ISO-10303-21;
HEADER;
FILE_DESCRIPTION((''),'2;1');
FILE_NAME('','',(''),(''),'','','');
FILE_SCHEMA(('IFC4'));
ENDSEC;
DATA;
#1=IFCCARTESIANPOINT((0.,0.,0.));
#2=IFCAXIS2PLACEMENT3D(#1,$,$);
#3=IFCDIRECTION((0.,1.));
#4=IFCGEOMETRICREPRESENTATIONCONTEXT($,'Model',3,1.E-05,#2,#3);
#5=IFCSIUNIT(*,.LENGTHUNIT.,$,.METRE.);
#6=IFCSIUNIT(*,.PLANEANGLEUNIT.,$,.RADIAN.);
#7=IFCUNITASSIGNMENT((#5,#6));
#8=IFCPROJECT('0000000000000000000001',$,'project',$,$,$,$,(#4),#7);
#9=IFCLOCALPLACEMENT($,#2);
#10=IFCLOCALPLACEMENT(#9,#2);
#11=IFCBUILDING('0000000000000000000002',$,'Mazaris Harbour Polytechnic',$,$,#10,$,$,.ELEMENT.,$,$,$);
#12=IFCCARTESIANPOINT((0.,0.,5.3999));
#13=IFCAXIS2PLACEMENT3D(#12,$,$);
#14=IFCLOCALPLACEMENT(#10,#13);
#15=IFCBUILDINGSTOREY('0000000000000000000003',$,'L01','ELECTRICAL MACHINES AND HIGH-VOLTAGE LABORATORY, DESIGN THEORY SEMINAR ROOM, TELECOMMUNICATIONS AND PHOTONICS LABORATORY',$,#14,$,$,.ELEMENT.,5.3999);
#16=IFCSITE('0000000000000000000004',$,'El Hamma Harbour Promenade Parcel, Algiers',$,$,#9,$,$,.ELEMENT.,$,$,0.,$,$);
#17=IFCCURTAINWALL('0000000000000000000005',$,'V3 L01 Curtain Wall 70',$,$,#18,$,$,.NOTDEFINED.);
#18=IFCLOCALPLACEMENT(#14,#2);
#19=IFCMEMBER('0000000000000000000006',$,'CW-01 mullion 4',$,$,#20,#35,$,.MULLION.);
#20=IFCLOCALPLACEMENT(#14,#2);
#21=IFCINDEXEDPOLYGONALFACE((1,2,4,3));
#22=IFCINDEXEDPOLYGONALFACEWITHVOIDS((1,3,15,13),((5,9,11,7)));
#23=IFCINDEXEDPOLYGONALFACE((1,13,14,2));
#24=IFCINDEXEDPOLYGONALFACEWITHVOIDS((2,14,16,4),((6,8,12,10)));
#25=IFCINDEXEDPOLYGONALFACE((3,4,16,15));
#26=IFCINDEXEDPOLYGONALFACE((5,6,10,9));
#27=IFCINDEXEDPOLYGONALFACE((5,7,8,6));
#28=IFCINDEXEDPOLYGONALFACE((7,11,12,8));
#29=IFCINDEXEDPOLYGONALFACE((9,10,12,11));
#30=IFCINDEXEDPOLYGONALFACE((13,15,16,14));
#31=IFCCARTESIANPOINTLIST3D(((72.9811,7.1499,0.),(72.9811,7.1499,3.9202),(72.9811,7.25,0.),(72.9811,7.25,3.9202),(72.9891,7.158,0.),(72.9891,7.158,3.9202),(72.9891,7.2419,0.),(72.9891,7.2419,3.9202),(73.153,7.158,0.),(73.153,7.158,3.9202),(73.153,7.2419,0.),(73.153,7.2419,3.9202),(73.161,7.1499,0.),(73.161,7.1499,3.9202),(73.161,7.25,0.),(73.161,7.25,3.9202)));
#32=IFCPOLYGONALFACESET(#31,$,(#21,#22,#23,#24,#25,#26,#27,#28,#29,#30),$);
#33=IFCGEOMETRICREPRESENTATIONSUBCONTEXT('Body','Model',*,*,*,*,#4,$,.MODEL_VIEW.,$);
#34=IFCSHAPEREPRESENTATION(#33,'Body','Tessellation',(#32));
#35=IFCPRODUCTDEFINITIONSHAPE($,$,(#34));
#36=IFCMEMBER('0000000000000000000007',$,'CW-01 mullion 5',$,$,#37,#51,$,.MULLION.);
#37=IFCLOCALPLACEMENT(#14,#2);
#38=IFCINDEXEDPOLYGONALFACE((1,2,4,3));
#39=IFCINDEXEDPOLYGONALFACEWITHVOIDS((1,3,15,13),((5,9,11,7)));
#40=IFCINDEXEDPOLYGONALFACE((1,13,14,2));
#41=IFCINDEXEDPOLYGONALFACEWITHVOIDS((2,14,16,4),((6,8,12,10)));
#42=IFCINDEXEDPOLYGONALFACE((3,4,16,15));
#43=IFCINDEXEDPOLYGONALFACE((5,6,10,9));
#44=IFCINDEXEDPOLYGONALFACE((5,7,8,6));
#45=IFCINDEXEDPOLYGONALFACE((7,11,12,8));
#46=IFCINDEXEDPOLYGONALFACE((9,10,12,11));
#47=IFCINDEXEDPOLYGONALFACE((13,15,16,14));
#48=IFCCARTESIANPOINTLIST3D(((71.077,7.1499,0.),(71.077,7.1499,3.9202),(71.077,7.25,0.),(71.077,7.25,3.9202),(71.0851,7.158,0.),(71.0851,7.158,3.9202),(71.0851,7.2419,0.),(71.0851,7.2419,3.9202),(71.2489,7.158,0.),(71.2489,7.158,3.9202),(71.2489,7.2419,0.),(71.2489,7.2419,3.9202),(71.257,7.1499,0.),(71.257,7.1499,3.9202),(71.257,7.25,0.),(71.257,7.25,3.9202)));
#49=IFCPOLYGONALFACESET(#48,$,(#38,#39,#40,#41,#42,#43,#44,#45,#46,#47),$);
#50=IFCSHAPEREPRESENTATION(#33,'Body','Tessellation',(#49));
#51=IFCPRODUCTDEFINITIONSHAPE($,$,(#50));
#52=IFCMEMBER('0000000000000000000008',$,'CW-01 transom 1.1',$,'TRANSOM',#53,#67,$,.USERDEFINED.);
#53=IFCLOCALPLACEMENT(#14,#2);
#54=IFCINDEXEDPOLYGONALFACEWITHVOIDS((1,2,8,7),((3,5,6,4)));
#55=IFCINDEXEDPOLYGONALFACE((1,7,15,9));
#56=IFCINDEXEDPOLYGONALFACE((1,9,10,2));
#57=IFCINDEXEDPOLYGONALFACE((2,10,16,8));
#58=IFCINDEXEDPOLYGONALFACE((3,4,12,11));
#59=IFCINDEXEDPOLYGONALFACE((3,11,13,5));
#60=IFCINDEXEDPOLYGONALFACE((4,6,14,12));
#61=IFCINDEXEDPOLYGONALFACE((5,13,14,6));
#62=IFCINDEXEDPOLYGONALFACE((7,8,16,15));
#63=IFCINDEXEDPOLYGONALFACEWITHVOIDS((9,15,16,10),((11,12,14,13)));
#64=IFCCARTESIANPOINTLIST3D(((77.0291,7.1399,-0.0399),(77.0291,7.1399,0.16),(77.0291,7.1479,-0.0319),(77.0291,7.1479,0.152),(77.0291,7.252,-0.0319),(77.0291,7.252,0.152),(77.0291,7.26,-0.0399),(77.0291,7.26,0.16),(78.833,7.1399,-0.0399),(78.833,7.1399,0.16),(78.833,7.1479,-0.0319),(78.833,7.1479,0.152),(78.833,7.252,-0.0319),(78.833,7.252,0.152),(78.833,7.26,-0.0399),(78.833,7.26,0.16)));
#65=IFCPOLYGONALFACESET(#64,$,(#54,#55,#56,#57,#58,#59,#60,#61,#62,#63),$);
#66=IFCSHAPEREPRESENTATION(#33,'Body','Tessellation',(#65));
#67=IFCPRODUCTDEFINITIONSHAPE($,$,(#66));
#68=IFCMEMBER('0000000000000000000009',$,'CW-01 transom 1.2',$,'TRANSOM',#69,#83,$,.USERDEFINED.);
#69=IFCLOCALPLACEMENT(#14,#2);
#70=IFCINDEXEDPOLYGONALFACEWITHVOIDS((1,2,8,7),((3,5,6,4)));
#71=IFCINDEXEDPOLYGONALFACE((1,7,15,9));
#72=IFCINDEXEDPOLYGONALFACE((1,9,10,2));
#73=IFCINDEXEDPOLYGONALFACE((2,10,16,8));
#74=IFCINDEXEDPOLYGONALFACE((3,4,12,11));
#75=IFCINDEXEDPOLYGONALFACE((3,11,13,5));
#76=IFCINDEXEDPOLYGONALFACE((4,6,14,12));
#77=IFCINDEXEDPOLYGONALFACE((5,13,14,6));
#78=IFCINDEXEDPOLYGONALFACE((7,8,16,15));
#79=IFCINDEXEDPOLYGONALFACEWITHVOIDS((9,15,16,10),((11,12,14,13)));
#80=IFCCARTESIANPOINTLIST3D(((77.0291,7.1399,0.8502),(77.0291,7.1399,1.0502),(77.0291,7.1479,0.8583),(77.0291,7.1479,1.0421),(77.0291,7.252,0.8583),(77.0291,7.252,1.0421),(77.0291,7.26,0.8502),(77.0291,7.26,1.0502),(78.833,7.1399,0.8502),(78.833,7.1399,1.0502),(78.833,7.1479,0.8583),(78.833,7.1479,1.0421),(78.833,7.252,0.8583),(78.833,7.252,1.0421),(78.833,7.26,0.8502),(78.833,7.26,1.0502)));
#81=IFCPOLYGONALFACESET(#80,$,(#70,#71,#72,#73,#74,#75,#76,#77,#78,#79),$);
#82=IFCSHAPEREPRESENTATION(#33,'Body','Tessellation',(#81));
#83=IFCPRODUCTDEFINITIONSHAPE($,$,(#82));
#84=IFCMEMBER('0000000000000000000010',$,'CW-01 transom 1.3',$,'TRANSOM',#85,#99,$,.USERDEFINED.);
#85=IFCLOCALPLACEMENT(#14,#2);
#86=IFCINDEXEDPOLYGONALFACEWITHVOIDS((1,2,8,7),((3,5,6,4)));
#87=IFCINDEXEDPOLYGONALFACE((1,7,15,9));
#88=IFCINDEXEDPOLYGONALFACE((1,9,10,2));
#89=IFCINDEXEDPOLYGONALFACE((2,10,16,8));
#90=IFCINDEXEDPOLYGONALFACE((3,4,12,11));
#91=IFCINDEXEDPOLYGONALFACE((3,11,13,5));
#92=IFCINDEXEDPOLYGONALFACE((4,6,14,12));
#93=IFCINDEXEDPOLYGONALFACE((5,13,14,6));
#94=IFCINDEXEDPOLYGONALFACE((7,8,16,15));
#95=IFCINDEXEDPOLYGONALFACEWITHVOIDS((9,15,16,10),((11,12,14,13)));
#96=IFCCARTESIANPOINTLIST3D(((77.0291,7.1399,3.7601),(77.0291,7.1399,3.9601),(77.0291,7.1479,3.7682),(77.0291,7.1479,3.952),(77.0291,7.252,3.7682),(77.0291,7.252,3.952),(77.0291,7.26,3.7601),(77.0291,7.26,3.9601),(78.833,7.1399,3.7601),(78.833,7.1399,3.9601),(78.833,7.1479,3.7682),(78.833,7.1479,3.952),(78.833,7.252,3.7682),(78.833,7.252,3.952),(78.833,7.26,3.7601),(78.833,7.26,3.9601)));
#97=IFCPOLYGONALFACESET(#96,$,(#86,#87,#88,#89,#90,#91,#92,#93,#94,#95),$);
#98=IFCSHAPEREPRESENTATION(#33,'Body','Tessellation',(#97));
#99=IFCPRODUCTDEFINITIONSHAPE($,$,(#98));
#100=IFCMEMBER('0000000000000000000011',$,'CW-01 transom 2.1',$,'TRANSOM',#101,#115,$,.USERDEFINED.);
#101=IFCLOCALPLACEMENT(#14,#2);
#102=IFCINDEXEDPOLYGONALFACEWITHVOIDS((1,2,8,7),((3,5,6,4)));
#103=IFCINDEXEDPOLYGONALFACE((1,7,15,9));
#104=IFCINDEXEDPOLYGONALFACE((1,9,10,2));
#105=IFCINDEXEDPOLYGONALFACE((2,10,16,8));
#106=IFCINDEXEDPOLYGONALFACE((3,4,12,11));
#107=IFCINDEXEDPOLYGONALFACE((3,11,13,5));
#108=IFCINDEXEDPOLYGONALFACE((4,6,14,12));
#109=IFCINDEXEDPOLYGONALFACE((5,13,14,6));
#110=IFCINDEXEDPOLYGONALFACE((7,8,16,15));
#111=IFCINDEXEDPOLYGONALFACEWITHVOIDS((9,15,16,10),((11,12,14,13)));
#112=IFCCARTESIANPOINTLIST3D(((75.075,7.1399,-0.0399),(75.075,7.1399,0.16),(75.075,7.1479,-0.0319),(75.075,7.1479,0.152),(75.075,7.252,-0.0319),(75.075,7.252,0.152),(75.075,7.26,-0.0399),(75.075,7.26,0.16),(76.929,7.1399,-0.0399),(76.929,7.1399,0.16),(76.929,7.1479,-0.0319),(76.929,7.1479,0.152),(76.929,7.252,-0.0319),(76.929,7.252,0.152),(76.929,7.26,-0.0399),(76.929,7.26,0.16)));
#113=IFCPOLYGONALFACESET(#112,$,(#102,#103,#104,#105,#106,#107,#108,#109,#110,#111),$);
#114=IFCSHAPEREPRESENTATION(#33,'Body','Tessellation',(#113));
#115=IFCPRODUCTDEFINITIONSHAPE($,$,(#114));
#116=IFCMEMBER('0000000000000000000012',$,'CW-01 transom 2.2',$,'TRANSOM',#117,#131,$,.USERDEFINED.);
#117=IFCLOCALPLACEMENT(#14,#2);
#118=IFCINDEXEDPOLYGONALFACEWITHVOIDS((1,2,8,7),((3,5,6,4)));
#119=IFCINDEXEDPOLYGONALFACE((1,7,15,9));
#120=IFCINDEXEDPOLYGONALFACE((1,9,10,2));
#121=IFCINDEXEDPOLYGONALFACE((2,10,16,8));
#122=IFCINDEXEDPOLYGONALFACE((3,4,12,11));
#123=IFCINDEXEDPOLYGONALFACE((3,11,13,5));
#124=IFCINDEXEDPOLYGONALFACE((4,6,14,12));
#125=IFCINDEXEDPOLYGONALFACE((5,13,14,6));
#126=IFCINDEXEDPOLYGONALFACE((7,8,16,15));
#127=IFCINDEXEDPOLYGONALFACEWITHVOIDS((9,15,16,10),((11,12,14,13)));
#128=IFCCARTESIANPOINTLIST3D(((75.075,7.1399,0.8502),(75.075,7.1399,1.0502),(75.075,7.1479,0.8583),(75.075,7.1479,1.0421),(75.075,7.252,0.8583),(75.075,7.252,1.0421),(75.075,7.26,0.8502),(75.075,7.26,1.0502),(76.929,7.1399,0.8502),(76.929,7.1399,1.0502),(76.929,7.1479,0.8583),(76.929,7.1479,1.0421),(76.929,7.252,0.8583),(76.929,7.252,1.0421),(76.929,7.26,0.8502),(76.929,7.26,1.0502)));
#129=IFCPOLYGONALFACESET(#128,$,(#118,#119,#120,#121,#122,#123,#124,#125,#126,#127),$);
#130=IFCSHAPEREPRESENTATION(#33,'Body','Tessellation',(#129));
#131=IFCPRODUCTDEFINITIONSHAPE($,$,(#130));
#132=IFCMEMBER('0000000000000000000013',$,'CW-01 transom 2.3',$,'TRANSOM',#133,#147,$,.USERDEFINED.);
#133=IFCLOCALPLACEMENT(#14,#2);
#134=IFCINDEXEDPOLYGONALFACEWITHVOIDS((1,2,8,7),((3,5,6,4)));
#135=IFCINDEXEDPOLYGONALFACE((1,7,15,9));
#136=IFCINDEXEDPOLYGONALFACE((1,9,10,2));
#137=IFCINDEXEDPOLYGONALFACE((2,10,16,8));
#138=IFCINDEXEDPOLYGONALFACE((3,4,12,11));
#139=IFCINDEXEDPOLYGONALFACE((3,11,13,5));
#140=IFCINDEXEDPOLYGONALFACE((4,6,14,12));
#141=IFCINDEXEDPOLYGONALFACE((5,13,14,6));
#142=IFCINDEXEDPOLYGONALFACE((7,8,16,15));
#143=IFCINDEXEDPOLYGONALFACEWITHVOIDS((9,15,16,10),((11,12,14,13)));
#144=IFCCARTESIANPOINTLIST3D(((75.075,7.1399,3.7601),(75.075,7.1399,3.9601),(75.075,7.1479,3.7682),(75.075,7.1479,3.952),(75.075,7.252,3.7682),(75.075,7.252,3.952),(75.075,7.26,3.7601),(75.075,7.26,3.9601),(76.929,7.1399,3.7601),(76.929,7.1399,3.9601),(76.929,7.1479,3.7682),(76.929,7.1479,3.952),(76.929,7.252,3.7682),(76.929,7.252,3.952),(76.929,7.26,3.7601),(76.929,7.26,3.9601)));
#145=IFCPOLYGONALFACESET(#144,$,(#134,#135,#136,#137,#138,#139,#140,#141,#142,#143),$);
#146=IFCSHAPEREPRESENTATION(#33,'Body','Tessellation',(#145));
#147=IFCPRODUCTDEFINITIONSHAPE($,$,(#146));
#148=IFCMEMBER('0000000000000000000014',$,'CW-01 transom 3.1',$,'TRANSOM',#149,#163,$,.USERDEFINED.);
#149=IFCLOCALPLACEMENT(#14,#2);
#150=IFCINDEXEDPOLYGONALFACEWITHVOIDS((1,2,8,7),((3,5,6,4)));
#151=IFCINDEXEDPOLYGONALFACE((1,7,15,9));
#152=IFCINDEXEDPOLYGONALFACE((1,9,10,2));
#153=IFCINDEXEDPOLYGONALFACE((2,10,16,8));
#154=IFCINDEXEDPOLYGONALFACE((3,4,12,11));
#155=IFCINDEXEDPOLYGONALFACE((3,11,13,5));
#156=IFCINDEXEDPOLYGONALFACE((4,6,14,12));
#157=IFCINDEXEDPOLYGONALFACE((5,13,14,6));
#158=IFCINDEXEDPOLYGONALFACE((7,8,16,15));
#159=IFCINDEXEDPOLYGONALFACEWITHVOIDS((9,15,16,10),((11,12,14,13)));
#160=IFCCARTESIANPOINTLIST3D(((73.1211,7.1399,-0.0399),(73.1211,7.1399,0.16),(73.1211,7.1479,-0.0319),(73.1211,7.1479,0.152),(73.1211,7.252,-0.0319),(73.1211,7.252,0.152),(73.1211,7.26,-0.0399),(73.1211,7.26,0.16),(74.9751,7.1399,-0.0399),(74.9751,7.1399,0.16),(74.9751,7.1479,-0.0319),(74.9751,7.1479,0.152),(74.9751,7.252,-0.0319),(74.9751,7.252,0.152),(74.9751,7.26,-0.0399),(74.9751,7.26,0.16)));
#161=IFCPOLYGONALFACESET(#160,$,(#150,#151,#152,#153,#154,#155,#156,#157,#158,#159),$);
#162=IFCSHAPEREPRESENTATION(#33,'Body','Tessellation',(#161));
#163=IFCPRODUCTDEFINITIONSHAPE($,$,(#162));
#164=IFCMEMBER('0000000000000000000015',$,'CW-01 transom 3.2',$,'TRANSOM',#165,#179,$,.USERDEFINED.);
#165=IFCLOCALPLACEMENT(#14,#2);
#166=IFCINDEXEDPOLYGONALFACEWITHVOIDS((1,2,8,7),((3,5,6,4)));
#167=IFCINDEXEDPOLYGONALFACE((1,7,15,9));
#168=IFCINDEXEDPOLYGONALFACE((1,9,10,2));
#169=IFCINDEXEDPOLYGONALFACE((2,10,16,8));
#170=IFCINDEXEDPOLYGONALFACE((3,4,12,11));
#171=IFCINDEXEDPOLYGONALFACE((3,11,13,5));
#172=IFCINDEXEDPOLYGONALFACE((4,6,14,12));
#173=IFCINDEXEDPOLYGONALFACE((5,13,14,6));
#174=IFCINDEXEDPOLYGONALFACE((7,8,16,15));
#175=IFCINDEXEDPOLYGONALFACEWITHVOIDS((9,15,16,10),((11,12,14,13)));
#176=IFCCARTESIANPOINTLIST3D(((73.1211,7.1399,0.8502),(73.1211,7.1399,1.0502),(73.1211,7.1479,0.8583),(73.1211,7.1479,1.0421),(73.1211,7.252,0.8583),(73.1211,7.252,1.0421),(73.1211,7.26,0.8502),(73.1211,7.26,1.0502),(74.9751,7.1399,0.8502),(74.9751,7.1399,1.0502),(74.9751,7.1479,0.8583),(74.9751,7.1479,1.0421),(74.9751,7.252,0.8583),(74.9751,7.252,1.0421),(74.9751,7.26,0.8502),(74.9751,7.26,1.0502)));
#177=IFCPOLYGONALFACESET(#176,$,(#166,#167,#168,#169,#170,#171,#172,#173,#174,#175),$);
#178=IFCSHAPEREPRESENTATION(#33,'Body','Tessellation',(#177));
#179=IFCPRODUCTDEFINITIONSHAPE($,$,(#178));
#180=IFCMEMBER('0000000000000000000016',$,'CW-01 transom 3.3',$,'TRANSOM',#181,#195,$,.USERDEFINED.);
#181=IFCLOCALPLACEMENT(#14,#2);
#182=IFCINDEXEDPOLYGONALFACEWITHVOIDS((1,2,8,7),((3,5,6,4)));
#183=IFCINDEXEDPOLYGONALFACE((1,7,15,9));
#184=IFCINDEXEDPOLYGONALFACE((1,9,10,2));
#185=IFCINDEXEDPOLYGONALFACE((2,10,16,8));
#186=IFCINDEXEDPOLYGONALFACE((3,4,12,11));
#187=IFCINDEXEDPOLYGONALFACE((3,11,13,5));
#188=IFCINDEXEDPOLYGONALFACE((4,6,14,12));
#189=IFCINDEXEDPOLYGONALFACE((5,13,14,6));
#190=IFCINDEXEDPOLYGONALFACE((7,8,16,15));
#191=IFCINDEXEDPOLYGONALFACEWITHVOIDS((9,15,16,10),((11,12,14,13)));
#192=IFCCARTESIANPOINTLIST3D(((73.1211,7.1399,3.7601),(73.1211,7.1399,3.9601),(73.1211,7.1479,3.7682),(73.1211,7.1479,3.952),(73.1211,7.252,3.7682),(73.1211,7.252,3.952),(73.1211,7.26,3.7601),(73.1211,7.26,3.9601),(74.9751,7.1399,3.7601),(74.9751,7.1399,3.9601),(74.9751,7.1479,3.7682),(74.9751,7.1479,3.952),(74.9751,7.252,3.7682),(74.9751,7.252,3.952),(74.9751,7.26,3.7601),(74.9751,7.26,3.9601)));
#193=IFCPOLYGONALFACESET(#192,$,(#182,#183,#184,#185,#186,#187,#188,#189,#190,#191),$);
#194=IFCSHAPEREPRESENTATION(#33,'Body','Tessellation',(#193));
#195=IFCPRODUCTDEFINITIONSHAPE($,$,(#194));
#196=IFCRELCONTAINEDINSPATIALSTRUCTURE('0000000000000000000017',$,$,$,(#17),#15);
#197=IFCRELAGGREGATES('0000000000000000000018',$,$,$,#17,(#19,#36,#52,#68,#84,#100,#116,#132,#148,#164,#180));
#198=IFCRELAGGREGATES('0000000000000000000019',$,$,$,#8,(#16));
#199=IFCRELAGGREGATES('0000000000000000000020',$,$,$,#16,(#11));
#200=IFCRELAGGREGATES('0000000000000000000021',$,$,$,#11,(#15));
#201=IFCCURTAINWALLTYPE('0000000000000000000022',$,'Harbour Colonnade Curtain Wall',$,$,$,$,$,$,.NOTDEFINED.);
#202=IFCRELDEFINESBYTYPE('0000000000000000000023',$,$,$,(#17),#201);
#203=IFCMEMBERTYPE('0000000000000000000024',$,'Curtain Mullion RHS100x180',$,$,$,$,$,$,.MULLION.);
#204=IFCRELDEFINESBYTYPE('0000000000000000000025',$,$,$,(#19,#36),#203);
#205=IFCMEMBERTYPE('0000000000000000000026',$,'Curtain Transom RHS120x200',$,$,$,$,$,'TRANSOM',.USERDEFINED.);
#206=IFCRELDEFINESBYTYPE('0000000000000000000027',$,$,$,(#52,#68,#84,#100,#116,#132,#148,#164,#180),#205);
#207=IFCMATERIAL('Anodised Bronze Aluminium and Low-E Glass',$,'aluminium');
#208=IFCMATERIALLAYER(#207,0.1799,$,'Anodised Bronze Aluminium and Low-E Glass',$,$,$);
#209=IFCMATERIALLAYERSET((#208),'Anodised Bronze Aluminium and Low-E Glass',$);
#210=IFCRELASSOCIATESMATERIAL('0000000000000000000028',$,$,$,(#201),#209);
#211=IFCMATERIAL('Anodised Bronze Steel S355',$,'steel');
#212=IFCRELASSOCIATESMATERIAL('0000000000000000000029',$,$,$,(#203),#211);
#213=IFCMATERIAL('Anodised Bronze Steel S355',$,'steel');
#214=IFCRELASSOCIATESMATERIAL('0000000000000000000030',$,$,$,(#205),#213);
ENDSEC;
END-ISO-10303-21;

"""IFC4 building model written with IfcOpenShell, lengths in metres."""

from ifc_helpers import new_model, si_unit, direction, frame, origin, origin_2d, place, context, subcontext, project, spatial, hollow_rectangle, extrude, material, layer, layer_set, material_profile, profile_set, type_object, element, aggregate, save


model = new_model("IFC4")

# Units and contexts
model_context = context("Model", 3, precision=1e-05, world=origin(), true_north=direction((0.0, 1.0)))
body_context = subcontext(model_context, "Body", "Model", "MODEL_VIEW")
ifc_project = project(units=[si_unit("LENGTHUNIT", "METRE"), si_unit("PLANEANGLEUNIT", "RADIAN")], contexts=[model_context])

# Site, building, storey
site_placement = place(None, origin())
site = spatial("IfcSite", under=ifc_project, at=site_placement, Name="El Hamma Harbour Promenade Parcel, Algiers", CompositionType="ELEMENT", RefElevation=0.0)
building_placement = place(site_placement, origin())
building = spatial("IfcBuilding", under=site, at=building_placement, Name="Mazaris Harbour Polytechnic", CompositionType="ELEMENT")
storey_placement = place(building_placement, frame((0.0, 0.0, 5.3999)))
storey = spatial("IfcBuildingStorey", under=building, at=storey_placement, Name="L01", Description="ELECTRICAL MACHINES AND HIGH-VOLTAGE LABORATORY, DESIGN THEORY SEMINAR ROOM, TELECOMMUNICATIONS AND PHOTONICS LABORATORY", CompositionType="ELEMENT", Elevation=5.3999)

# Curtain wall, members
ifc_material_1 = material(Name="Anodised Bronze Aluminium and Low-E Glass", Category="aluminium")
ifc_layer_1 = layer(ifc_material_1, 0.1799, Name="Anodised Bronze Aluminium and Low-E Glass")
ifc_layer_set_1 = layer_set([ifc_layer_1], Name="Anodised Bronze Aluminium and Low-E Glass")
curtain_wall_type = type_object("IfcCurtainWallType", Name="Harbour Colonnade Curtain Wall", PredefinedType="NOTDEFINED", material=ifc_layer_set_1)
curtain_wall_placement = place(storey_placement, origin())
curtain_wall = element("IfcCurtainWall", 1, at=curtain_wall_placement, inside=storey, type_object=curtain_wall_type, Name="V3 L01 Curtain Wall 70", PredefinedType="NOTDEFINED")
ifc_material_2 = material(Name="Anodised Bronze Steel S355", Category="steel")
ifc_material_profile_1 = material_profile(ifc_material_2, hollow_rectangle(XDim=0.1001, YDim=0.1799, WallThickness=0.0081, at=origin_2d()), Name="RHS 100x180x8.0")
ifc_profile_set_1 = profile_set([ifc_material_profile_1], Name="Anodised Bronze Steel S355")
member_type_1 = type_object("IfcMemberType", Name="Curtain Mullion RHS100x180", PredefinedType="MULLION", material=ifc_profile_set_1)
member_1_placement = place(storey_placement, frame((73.071, 7.2, 0.0), z_axis=(0.0, 0.0, 1.0), x_axis=(0.0, -1.0, 0.0)))
member_1 = element("IfcMember", 2, at=member_1_placement, type_object=member_type_1, Name="CW-01 mullion 4", PredefinedType="MULLION", context=body_context, shape_type="SweptSolid", body=[
    extrude(hollow_rectangle(XDim=0.1001, YDim=0.1799, WallThickness=0.0081, at=origin_2d()), origin(), (0.0, 0.0, 1.0), 3.9202),
])
member_2_placement = place(storey_placement, frame((71.167, 7.2, 0.0), z_axis=(0.0, 0.0, 1.0), x_axis=(0.0, -1.0, 0.0)))
member_2 = element("IfcMember", 3, at=member_2_placement, type_object=member_type_1, Name="CW-01 mullion 5", PredefinedType="MULLION", context=body_context, shape_type="SweptSolid", body=[
    extrude(hollow_rectangle(XDim=0.1001, YDim=0.1799, WallThickness=0.0081, at=origin_2d()), origin(), (0.0, 0.0, 1.0), 3.9202),
])
ifc_material_3 = material(Name="Anodised Bronze Steel S355", Category="steel")
ifc_material_profile_2 = material_profile(ifc_material_3, hollow_rectangle(XDim=0.1201, YDim=0.2, WallThickness=0.0081, at=origin_2d()), Name="RHS 120x200x8.0")
ifc_profile_set_2 = profile_set([ifc_material_profile_2], Name="Anodised Bronze Steel S355")
member_type_2 = type_object("IfcMemberType", Name="Curtain Transom RHS120x200", ElementType="TRANSOM", PredefinedType="USERDEFINED", material=ifc_profile_set_2)
member_3_placement = place(storey_placement, frame((78.833, 7.2, 0.0601), z_axis=(-1.0, 0.0, 0.0), x_axis=(0.0, -1.0, 0.0)))
member_3 = element("IfcMember", 4, at=member_3_placement, type_object=member_type_2, Name="CW-01 transom 1.1", ObjectType="TRANSOM", PredefinedType="USERDEFINED", context=body_context, shape_type="SweptSolid", body=[
    extrude(hollow_rectangle(XDim=0.1201, YDim=0.2, WallThickness=0.0081, at=origin_2d()), origin(), (0.0, 0.0, 1.0), 1.804),
])
member_4_placement = place(storey_placement, frame((78.833, 7.2, 0.9502), z_axis=(-1.0, 0.0, 0.0), x_axis=(0.0, -1.0, 0.0)))
member_4 = element("IfcMember", 5, at=member_4_placement, type_object=member_type_2, Name="CW-01 transom 1.2", ObjectType="TRANSOM", PredefinedType="USERDEFINED", context=body_context, shape_type="SweptSolid", body=[
    extrude(hollow_rectangle(XDim=0.1201, YDim=0.2, WallThickness=0.0081, at=origin_2d()), origin(), (0.0, 0.0, 1.0), 1.804),
])
member_5_placement = place(storey_placement, frame((78.833, 7.2, 3.8601), z_axis=(-1.0, 0.0, 0.0), x_axis=(0.0, -1.0, 0.0)))
member_5 = element("IfcMember", 6, at=member_5_placement, type_object=member_type_2, Name="CW-01 transom 1.3", ObjectType="TRANSOM", PredefinedType="USERDEFINED", context=body_context, shape_type="SweptSolid", body=[
    extrude(hollow_rectangle(XDim=0.1201, YDim=0.2, WallThickness=0.0081, at=origin_2d()), origin(), (0.0, 0.0, 1.0), 1.804),
])
member_6_placement = place(storey_placement, frame((76.929, 7.2, 0.0601), z_axis=(-1.0, 0.0, 0.0), x_axis=(0.0, -1.0, 0.0)))
member_6 = element("IfcMember", 7, at=member_6_placement, type_object=member_type_2, Name="CW-01 transom 2.1", ObjectType="TRANSOM", PredefinedType="USERDEFINED", context=body_context, shape_type="SweptSolid", body=[
    extrude(hollow_rectangle(XDim=0.1201, YDim=0.2, WallThickness=0.0081, at=origin_2d()), origin(), (0.0, 0.0, 1.0), 1.854),
])
member_7_placement = place(storey_placement, frame((76.929, 7.2, 0.9502), z_axis=(-1.0, 0.0, 0.0), x_axis=(0.0, -1.0, 0.0)))
member_7 = element("IfcMember", 8, at=member_7_placement, type_object=member_type_2, Name="CW-01 transom 2.2", ObjectType="TRANSOM", PredefinedType="USERDEFINED", context=body_context, shape_type="SweptSolid", body=[
    extrude(hollow_rectangle(XDim=0.1201, YDim=0.2, WallThickness=0.0081, at=origin_2d()), origin(), (0.0, 0.0, 1.0), 1.854),
])
member_8_placement = place(storey_placement, frame((76.929, 7.2, 3.8601), z_axis=(-1.0, 0.0, 0.0), x_axis=(0.0, -1.0, 0.0)))
member_8 = element("IfcMember", 9, at=member_8_placement, type_object=member_type_2, Name="CW-01 transom 2.3", ObjectType="TRANSOM", PredefinedType="USERDEFINED", context=body_context, shape_type="SweptSolid", body=[
    extrude(hollow_rectangle(XDim=0.1201, YDim=0.2, WallThickness=0.0081, at=origin_2d()), origin(), (0.0, 0.0, 1.0), 1.854),
])
member_9_placement = place(storey_placement, frame((74.9751, 7.2, 0.0601), z_axis=(-1.0, 0.0, 0.0), x_axis=(0.0, -1.0, 0.0)))
member_9 = element("IfcMember", 10, at=member_9_placement, type_object=member_type_2, Name="CW-01 transom 3.1", ObjectType="TRANSOM", PredefinedType="USERDEFINED", context=body_context, shape_type="SweptSolid", body=[
    extrude(hollow_rectangle(XDim=0.1201, YDim=0.2, WallThickness=0.0081, at=origin_2d()), origin(), (0.0, 0.0, 1.0), 1.854),
])
member_10_placement = place(storey_placement, frame((74.9751, 7.2, 0.9502), z_axis=(-1.0, 0.0, 0.0), x_axis=(0.0, -1.0, 0.0)))
member_10 = element("IfcMember", 11, at=member_10_placement, type_object=member_type_2, Name="CW-01 transom 3.2", ObjectType="TRANSOM", PredefinedType="USERDEFINED", context=body_context, shape_type="SweptSolid", body=[
    extrude(hollow_rectangle(XDim=0.1201, YDim=0.2, WallThickness=0.0081, at=origin_2d()), origin(), (0.0, 0.0, 1.0), 1.854),
])
member_11_placement = place(storey_placement, frame((74.9751, 7.2, 3.8601), z_axis=(-1.0, 0.0, 0.0), x_axis=(0.0, -1.0, 0.0)))
member_11 = element("IfcMember", 12, at=member_11_placement, type_object=member_type_2, Name="CW-01 transom 3.3", ObjectType="TRANSOM", PredefinedType="USERDEFINED", context=body_context, shape_type="SweptSolid", body=[
    extrude(hollow_rectangle(XDim=0.1201, YDim=0.2, WallThickness=0.0081, at=origin_2d()), origin(), (0.0, 0.0, 1.0), 1.854),
])

aggregate(curtain_wall, [member_1, member_2, member_3, member_4, member_5, member_6, member_7, member_8, member_9, member_10, member_11])

save(model, "model.ifc")
